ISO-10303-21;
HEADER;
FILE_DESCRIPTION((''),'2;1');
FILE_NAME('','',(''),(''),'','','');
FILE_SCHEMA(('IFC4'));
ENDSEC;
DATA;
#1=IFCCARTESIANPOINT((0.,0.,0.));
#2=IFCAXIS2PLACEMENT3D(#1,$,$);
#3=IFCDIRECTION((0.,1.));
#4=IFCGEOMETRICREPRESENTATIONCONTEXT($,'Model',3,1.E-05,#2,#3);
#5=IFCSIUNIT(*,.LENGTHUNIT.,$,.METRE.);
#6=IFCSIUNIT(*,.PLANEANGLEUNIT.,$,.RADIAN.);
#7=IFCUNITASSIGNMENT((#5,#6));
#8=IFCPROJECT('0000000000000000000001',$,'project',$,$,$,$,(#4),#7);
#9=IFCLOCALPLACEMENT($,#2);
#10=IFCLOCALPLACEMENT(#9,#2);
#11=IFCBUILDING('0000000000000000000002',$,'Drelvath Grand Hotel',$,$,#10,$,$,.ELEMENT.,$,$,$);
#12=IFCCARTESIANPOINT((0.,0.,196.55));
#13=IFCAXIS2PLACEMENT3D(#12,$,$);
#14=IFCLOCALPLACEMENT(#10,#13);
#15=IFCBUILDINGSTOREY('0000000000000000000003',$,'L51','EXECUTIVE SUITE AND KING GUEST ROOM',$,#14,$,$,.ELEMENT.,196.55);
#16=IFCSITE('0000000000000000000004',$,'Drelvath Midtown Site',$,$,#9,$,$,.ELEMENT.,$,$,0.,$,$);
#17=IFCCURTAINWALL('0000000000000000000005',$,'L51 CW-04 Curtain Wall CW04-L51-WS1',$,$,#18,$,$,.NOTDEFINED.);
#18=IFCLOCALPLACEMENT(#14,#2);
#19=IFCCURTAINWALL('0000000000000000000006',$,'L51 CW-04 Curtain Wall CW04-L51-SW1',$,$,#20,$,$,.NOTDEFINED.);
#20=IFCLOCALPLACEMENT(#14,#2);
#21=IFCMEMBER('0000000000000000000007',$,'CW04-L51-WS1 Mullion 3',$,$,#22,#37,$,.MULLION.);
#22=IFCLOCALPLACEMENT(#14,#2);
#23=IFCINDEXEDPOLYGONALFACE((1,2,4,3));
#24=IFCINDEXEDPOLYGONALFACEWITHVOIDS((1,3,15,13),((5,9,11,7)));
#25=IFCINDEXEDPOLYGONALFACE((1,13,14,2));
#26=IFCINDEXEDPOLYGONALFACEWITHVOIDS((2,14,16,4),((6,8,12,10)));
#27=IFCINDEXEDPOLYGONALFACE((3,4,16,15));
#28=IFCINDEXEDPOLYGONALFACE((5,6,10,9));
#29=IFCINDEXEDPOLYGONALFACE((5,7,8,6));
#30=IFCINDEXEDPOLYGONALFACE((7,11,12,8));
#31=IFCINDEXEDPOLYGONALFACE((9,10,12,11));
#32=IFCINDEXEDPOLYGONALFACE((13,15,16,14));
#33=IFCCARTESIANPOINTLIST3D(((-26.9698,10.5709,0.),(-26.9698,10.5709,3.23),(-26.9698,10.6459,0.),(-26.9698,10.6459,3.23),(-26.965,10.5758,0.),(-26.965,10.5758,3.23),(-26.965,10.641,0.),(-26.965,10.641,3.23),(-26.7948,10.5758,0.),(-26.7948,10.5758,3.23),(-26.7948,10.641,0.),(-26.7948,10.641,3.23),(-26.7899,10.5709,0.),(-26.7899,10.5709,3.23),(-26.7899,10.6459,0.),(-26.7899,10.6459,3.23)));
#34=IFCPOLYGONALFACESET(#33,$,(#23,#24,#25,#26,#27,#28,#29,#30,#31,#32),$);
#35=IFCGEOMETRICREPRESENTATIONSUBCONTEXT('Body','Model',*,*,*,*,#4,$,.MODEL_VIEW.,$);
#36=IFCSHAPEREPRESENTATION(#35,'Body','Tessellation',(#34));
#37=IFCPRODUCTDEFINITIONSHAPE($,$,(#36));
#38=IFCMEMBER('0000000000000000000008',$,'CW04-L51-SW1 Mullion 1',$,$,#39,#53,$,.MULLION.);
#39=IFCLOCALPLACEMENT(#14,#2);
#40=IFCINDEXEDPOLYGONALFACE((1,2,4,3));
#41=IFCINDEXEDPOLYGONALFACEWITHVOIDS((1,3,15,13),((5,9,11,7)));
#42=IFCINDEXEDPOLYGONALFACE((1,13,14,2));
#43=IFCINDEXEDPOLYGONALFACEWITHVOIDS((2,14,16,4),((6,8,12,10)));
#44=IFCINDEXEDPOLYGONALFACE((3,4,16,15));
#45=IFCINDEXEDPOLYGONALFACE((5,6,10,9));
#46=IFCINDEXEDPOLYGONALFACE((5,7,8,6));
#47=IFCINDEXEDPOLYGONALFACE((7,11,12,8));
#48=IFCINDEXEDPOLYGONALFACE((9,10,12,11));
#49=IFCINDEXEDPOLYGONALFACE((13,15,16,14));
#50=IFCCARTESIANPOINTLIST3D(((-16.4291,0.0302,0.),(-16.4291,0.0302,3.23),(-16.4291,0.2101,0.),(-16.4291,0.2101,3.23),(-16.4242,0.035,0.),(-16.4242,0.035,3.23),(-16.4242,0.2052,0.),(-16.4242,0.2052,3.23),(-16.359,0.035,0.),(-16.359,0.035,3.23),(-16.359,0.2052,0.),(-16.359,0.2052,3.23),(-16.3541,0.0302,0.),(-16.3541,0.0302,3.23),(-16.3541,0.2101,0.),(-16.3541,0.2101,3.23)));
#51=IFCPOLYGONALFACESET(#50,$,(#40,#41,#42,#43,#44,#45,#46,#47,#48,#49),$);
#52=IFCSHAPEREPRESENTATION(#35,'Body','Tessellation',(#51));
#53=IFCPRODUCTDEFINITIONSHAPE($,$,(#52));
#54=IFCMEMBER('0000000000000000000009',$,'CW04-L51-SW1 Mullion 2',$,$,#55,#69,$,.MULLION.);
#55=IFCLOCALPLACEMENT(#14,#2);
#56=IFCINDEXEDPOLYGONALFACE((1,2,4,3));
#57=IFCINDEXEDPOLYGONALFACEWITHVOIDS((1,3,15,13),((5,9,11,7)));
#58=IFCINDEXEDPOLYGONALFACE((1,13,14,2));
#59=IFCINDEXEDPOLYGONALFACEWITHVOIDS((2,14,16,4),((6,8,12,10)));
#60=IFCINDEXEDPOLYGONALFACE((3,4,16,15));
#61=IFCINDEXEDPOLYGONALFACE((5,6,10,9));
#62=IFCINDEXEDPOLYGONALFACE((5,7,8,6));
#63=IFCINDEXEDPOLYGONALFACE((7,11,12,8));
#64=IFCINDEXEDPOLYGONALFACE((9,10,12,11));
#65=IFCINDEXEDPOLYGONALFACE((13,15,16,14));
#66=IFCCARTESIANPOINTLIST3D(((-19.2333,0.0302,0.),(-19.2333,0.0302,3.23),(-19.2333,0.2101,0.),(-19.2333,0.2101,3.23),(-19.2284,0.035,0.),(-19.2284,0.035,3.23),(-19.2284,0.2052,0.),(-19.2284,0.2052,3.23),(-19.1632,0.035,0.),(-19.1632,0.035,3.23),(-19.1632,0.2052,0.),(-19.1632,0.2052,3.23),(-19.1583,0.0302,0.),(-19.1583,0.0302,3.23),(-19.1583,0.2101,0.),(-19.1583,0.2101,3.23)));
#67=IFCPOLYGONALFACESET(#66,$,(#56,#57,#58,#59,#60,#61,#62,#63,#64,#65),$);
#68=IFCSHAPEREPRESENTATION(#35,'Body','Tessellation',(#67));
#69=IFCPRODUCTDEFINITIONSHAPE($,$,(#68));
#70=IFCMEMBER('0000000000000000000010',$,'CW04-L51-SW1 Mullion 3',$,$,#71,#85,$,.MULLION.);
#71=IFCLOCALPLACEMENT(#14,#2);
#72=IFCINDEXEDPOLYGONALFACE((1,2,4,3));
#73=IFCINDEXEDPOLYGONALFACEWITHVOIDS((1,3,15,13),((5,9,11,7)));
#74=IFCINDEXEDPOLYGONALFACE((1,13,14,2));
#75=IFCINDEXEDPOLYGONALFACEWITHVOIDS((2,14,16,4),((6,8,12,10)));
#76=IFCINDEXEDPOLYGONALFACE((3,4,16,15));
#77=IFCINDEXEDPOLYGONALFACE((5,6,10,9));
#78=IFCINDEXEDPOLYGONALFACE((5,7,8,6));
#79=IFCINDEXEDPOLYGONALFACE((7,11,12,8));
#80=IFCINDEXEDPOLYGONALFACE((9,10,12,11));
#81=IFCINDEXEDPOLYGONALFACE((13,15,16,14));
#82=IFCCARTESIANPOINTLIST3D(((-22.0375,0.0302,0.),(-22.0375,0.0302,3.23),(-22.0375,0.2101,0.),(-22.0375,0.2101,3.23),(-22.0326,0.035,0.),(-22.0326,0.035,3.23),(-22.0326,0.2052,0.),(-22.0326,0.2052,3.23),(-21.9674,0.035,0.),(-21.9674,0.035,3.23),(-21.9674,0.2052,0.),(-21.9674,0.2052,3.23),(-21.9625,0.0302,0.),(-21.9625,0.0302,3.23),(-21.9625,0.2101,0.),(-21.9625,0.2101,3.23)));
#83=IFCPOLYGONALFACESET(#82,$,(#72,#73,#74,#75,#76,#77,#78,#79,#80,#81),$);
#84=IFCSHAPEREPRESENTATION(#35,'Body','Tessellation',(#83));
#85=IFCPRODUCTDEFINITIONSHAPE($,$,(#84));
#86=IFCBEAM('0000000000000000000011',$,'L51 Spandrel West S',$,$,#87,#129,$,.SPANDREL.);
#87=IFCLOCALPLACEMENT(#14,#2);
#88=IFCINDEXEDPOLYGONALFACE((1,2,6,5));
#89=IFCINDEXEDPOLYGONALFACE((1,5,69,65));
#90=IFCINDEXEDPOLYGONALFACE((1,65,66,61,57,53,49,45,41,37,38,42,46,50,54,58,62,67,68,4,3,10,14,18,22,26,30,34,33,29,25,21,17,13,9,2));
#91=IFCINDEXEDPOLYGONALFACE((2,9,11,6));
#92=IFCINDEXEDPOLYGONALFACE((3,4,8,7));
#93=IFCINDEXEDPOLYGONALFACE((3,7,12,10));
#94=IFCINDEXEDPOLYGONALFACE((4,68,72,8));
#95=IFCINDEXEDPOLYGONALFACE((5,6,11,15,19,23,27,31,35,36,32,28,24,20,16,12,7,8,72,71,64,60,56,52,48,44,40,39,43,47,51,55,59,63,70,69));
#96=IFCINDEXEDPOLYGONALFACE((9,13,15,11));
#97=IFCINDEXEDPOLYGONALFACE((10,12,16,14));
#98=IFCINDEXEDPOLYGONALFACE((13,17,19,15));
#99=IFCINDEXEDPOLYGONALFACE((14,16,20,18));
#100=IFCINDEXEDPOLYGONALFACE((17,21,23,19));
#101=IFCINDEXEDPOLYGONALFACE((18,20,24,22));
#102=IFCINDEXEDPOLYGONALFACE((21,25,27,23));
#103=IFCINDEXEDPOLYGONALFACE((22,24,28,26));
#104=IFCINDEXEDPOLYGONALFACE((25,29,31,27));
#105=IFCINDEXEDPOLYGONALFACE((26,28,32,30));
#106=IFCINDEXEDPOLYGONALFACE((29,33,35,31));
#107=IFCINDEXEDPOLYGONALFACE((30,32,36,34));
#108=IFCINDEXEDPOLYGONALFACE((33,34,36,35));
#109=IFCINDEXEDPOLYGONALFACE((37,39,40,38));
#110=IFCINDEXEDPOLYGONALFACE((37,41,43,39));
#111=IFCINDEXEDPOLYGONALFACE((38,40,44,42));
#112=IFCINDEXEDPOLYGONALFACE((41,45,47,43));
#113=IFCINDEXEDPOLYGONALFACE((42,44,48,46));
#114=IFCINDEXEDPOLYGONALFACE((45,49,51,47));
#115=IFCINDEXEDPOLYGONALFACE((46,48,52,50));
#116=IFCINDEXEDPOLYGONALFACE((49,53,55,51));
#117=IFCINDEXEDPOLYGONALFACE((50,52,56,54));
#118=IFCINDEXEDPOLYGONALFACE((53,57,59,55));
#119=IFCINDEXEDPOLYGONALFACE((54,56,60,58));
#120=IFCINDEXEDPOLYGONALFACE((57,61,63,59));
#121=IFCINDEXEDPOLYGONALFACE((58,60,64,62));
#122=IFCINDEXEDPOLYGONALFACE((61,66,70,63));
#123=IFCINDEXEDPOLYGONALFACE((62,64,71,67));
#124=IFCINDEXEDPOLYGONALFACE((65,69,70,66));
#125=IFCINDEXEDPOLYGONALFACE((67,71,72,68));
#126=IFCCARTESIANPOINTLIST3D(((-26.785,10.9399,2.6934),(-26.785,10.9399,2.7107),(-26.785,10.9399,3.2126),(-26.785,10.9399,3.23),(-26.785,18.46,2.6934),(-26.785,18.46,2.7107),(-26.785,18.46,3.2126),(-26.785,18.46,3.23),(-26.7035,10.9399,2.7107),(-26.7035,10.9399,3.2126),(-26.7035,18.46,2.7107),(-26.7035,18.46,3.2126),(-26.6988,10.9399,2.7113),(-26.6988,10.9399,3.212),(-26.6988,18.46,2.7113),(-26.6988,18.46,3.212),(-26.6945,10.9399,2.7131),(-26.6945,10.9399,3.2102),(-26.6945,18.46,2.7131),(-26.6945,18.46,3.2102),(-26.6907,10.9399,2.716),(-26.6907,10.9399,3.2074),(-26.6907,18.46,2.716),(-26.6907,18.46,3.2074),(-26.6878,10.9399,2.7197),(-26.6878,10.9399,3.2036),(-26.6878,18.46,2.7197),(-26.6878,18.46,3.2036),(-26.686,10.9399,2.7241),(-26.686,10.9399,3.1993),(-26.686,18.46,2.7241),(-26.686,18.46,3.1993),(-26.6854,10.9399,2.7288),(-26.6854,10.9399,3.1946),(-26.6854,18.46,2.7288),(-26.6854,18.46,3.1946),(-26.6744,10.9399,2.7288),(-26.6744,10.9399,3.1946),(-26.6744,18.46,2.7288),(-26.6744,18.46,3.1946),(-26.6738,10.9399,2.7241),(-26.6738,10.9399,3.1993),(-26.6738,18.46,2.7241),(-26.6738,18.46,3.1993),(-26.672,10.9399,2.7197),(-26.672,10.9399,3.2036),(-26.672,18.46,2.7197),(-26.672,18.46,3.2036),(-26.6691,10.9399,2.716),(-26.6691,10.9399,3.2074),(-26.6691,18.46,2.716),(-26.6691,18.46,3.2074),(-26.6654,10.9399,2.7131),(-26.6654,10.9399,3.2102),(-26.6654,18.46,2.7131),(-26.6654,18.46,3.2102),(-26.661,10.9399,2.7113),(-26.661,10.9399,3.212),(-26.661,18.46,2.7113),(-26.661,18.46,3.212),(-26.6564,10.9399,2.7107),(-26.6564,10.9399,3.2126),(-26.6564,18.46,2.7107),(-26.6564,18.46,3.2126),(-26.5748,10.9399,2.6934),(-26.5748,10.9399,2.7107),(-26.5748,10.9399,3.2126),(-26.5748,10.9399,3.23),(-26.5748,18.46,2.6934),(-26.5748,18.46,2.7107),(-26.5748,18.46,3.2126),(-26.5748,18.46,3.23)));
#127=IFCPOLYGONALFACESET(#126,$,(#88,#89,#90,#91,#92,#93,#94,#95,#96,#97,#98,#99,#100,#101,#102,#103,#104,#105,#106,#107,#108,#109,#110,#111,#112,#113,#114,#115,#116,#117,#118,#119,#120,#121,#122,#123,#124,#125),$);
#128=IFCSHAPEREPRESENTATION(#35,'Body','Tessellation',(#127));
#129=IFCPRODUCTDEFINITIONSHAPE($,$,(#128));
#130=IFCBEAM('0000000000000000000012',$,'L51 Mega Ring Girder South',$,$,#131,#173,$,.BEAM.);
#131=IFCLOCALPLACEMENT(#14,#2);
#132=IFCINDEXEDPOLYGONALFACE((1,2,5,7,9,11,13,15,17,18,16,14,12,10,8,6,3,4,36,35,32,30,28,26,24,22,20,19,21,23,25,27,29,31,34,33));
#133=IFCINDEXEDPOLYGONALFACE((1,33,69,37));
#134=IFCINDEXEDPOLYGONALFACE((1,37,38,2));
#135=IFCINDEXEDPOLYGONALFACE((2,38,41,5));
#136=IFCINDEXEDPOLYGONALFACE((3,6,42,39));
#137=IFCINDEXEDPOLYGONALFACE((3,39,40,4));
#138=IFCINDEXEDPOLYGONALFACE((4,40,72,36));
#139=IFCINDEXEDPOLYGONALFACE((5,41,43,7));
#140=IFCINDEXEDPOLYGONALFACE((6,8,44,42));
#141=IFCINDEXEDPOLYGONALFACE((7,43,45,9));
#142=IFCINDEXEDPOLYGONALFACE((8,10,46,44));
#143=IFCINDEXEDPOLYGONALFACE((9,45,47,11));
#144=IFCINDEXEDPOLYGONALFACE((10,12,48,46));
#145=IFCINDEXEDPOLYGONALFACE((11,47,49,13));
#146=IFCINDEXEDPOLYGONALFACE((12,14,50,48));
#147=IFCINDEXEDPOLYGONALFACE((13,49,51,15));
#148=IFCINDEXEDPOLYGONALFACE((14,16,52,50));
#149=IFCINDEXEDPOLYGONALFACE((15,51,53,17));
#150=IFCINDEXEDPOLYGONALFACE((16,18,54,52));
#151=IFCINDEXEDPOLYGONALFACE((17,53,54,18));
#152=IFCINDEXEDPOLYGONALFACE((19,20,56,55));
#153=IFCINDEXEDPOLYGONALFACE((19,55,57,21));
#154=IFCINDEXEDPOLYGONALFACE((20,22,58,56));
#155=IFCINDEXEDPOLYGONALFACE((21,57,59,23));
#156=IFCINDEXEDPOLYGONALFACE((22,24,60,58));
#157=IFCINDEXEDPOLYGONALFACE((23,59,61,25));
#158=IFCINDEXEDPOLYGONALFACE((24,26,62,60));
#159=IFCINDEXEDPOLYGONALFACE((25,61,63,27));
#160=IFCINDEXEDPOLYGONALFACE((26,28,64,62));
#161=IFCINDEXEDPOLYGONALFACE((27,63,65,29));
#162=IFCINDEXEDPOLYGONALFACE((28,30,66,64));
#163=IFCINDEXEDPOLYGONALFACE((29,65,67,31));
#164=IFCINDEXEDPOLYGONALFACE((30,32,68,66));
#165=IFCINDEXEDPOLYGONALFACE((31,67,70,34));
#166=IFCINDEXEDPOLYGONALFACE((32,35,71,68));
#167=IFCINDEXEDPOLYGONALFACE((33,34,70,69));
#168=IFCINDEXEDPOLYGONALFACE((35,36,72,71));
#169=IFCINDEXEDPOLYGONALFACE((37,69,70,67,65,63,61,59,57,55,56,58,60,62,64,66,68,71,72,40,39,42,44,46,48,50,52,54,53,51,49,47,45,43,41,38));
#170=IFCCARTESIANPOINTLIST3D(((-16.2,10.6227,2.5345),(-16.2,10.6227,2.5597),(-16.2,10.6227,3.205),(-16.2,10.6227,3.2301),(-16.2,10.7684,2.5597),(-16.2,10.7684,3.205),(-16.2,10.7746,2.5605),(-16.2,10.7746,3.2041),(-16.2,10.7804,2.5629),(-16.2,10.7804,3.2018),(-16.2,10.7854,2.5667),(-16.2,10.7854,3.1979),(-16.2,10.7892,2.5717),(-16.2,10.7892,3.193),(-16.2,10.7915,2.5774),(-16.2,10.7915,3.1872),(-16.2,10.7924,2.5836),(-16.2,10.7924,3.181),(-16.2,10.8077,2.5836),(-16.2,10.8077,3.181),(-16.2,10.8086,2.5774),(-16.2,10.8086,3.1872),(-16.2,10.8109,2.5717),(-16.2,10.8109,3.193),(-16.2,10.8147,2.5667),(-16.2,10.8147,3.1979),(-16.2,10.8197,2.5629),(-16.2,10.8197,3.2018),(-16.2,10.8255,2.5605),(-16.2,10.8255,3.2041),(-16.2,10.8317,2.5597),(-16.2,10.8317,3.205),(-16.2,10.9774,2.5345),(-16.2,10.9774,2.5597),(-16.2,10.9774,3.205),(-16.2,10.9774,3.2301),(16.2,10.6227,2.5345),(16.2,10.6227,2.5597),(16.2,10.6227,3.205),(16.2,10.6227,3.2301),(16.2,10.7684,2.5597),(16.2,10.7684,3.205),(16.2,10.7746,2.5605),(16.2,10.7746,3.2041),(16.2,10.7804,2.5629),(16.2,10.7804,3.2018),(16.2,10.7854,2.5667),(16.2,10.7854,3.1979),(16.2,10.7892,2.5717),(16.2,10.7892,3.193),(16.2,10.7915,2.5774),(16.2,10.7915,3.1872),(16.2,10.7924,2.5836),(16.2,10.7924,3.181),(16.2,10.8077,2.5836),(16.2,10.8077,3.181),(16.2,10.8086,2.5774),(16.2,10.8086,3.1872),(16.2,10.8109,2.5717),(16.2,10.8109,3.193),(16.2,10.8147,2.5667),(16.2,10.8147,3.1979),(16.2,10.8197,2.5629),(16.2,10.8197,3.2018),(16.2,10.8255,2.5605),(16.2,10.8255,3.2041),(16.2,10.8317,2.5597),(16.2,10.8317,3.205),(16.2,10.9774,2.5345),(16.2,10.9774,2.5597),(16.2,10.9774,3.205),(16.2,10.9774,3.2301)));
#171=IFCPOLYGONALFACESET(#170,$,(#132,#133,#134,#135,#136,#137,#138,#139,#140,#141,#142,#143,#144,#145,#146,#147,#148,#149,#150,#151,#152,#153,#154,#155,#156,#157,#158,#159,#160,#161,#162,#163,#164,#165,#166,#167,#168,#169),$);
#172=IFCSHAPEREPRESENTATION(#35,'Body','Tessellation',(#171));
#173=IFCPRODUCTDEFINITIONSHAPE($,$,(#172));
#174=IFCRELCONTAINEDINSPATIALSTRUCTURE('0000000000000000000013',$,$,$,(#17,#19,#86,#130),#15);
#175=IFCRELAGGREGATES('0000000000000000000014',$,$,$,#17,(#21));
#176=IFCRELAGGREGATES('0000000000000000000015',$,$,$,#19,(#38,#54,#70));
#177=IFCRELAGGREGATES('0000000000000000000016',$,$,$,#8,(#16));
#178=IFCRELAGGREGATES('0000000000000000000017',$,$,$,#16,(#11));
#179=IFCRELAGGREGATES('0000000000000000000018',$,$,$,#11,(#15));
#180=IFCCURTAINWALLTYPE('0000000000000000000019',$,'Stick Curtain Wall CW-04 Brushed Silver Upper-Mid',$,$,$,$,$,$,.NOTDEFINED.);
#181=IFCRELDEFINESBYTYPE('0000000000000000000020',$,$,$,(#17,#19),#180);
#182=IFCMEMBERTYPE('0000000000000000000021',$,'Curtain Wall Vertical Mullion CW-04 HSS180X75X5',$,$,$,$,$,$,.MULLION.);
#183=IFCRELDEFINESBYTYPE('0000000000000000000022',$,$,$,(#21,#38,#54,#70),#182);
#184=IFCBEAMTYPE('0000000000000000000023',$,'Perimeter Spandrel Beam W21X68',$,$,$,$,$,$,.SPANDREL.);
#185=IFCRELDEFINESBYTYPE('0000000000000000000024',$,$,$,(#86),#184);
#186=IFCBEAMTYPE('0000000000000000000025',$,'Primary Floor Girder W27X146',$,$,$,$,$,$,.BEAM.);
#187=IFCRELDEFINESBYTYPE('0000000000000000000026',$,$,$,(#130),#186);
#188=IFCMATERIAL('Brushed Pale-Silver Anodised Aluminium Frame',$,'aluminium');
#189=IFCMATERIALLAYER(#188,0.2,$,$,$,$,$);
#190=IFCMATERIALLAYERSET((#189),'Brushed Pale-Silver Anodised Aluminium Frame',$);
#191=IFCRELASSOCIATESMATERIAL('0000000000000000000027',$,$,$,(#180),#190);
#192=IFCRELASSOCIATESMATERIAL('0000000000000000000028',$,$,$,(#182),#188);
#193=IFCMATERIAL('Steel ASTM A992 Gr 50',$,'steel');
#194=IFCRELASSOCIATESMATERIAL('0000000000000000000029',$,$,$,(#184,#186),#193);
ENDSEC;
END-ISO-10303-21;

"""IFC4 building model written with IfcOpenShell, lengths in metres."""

from ifc_helpers import new_model, si_unit, direction, frame, origin, origin_2d, place, context, subcontext, project, spatial, hollow_rectangle, i_section, extrude, material, layer, layer_set, material_profile, profile_set, type_object, element, aggregate, save


model = new_model("IFC4")

# Units and contexts
model_context = context("Model", 3, precision=1e-05, world=origin(), true_north=direction((0.0, 1.0)))
body_context = subcontext(model_context, "Body", "Model", "MODEL_VIEW")
ifc_project = project(units=[si_unit("LENGTHUNIT", "METRE"), si_unit("PLANEANGLEUNIT", "RADIAN")], contexts=[model_context])

# Site, building, storey
site_placement = place(None, origin())
site = spatial("IfcSite", under=ifc_project, at=site_placement, Name="Drelvath Midtown Site", CompositionType="ELEMENT", RefElevation=0.0)
building_placement = place(site_placement, origin())
building = spatial("IfcBuilding", under=site, at=building_placement, Name="Drelvath Grand Hotel", CompositionType="ELEMENT")
storey_placement = place(building_placement, frame((0.0, 0.0, 196.55)))
storey = spatial("IfcBuildingStorey", under=building, at=storey_placement, Name="L51", Description="EXECUTIVE SUITE AND KING GUEST ROOM", CompositionType="ELEMENT", Elevation=196.55)

# Curtain walls
ifc_material_1 = material(Name="Brushed Pale-Silver Anodised Aluminium Frame", Category="aluminium")
ifc_layer_1 = layer(ifc_material_1, 0.2)
ifc_layer_set_1 = layer_set([ifc_layer_1], Name="Brushed Pale-Silver Anodised Aluminium Frame")
curtain_wall_type = type_object("IfcCurtainWallType", Name="Stick Curtain Wall CW-04 Brushed Silver Upper-Mid", PredefinedType="NOTDEFINED", material=ifc_layer_set_1)
curtain_wall_1_placement = place(storey_placement, origin())
curtain_wall_1 = element("IfcCurtainWall", 1, at=curtain_wall_1_placement, inside=storey, type_object=curtain_wall_type, Name="L51 CW-04 Curtain Wall CW04-L51-WS1", PredefinedType="NOTDEFINED")
curtain_wall_2_placement = place(storey_placement, origin())
curtain_wall_2 = element("IfcCurtainWall", 2, at=curtain_wall_2_placement, inside=storey, type_object=curtain_wall_type, Name="L51 CW-04 Curtain Wall CW04-L51-SW1", PredefinedType="NOTDEFINED")

# Members
ifc_material_profile_1 = material_profile(ifc_material_1, hollow_rectangle(XDim=0.075, YDim=0.1799, WallThickness=0.0049, at=origin_2d()), Name="HSS180X75X5")
ifc_profile_set_1 = profile_set([ifc_material_profile_1], Name="Brushed Pale-Silver Anodised Aluminium Frame")
member_type_1 = type_object("IfcMemberType", Name="Curtain Wall Vertical Mullion CW-04 HSS180X75X5", PredefinedType="MULLION", material=ifc_profile_set_1)
member_1_placement = place(storey_placement, frame((-26.8799, 10.6084, 0.0), z_axis=(0.0, 0.0, 1.0), x_axis=(0.0, 1.0, 0.0)))
member_1 = element("IfcMember", 3, at=member_1_placement, type_object=member_type_1, Name="CW04-L51-WS1 Mullion 3", PredefinedType="MULLION", context=body_context, shape_type="SweptSolid", body=[
    extrude(hollow_rectangle(XDim=0.075, YDim=0.1799, WallThickness=0.0049, at=origin_2d()), origin(), (0.0, 0.0, 1.0), 3.23),
])
member_2_placement = place(storey_placement, frame((-16.3916, 0.1201, 0.0), z_axis=(0.0, 0.0, 1.0), x_axis=(1.0, 0.0, 0.0)))
member_2 = element("IfcMember", 4, at=member_2_placement, type_object=member_type_1, Name="CW04-L51-SW1 Mullion 1", PredefinedType="MULLION", context=body_context, shape_type="SweptSolid", body=[
    extrude(hollow_rectangle(XDim=0.075, YDim=0.1799, WallThickness=0.0049, at=origin_2d()), origin(), (0.0, 0.0, 1.0), 3.23),
])
member_3_placement = place(storey_placement, frame((-19.1958, 0.1201, 0.0), z_axis=(0.0, 0.0, 1.0), x_axis=(1.0, 0.0, 0.0)))
member_3 = element("IfcMember", 5, at=member_3_placement, type_object=member_type_1, Name="CW04-L51-SW1 Mullion 2", PredefinedType="MULLION", context=body_context, shape_type="SweptSolid", body=[
    extrude(hollow_rectangle(XDim=0.075, YDim=0.1799, WallThickness=0.0049, at=origin_2d()), origin(), (0.0, 0.0, 1.0), 3.23),
])
member_4_placement = place(storey_placement, frame((-22.0, 0.1201, 0.0), z_axis=(0.0, 0.0, 1.0), x_axis=(1.0, 0.0, 0.0)))
member_4 = element("IfcMember", 6, at=member_4_placement, type_object=member_type_1, Name="CW04-L51-SW1 Mullion 3", PredefinedType="MULLION", context=body_context, shape_type="SweptSolid", body=[
    extrude(hollow_rectangle(XDim=0.075, YDim=0.1799, WallThickness=0.0049, at=origin_2d()), origin(), (0.0, 0.0, 1.0), 3.23),
])

# Beams
ifc_material_2 = material(Name="Steel ASTM A992 Gr 50", Category="steel")
ifc_material_profile_2 = material_profile(ifc_material_2, i_section(OverallWidth=0.2102, OverallDepth=0.5366, WebThickness=0.011, FlangeThickness=0.0173, FilletRadius=0.0181, at=origin_2d()), Name="W21X68")
ifc_profile_set_2 = profile_set([ifc_material_profile_2], Name="Steel ASTM A992 Gr 50")
beam_type_1 = type_object("IfcBeamType", Name="Perimeter Spandrel Beam W21X68", PredefinedType="SPANDREL", material=ifc_profile_set_2)
beam_placement = place(storey_placement, frame((-26.6799, 10.9399, 2.9617), z_axis=(0.0, 1.0, 0.0), x_axis=(-1.0, 0.0, 0.0)))
element("IfcBeam", 7, at=beam_placement, inside=storey, type_object=beam_type_1, Name="L51 Spandrel West S", PredefinedType="SPANDREL", context=body_context, shape_type="SweptSolid", body=[
    extrude(i_section(OverallWidth=0.2102, OverallDepth=0.5366, WebThickness=0.011, FlangeThickness=0.0173, FilletRadius=0.0181, at=origin_2d()), origin(), (0.0, 0.0, 1.0), 7.52),
])
ifc_material_profile_3 = material_profile(ifc_material_2, i_section(OverallWidth=0.3547, OverallDepth=0.6956, WebThickness=0.0154, FlangeThickness=0.0251, FilletRadius=0.0239, at=origin_2d()), Name="W27X146")
ifc_profile_set_3 = profile_set([ifc_material_profile_3], Name="Steel ASTM A992 Gr 50")
beam_type_2 = type_object("IfcBeamType", Name="Primary Floor Girder W27X146", PredefinedType="BEAM", material=ifc_profile_set_3)
for number, where, z_axis, x_axis, name in (
    (8, (-16.2, 10.8, 2.8823), (1.0, 0.0, 0.0), (0.0, 1.0, 0.0), "L51 Mega Ring Girder South"),
):
    element("IfcBeam", number, at=place(storey_placement, frame(where, z_axis=z_axis, x_axis=x_axis)), inside=storey, type_object=beam_type_2, Name=name, PredefinedType="BEAM", context=body_context, shape_type="SweptSolid", body=[
        extrude(i_section(OverallWidth=0.3547, OverallDepth=0.6956, WebThickness=0.0154, FlangeThickness=0.0251, FilletRadius=0.0239, at=origin_2d()), origin(), (0.0, 0.0, 1.0), 32.3999),
    ])

aggregate(curtain_wall_1, [member_1])
aggregate(curtain_wall_2, [member_2, member_3, member_4])

save(model, "model.ifc")
